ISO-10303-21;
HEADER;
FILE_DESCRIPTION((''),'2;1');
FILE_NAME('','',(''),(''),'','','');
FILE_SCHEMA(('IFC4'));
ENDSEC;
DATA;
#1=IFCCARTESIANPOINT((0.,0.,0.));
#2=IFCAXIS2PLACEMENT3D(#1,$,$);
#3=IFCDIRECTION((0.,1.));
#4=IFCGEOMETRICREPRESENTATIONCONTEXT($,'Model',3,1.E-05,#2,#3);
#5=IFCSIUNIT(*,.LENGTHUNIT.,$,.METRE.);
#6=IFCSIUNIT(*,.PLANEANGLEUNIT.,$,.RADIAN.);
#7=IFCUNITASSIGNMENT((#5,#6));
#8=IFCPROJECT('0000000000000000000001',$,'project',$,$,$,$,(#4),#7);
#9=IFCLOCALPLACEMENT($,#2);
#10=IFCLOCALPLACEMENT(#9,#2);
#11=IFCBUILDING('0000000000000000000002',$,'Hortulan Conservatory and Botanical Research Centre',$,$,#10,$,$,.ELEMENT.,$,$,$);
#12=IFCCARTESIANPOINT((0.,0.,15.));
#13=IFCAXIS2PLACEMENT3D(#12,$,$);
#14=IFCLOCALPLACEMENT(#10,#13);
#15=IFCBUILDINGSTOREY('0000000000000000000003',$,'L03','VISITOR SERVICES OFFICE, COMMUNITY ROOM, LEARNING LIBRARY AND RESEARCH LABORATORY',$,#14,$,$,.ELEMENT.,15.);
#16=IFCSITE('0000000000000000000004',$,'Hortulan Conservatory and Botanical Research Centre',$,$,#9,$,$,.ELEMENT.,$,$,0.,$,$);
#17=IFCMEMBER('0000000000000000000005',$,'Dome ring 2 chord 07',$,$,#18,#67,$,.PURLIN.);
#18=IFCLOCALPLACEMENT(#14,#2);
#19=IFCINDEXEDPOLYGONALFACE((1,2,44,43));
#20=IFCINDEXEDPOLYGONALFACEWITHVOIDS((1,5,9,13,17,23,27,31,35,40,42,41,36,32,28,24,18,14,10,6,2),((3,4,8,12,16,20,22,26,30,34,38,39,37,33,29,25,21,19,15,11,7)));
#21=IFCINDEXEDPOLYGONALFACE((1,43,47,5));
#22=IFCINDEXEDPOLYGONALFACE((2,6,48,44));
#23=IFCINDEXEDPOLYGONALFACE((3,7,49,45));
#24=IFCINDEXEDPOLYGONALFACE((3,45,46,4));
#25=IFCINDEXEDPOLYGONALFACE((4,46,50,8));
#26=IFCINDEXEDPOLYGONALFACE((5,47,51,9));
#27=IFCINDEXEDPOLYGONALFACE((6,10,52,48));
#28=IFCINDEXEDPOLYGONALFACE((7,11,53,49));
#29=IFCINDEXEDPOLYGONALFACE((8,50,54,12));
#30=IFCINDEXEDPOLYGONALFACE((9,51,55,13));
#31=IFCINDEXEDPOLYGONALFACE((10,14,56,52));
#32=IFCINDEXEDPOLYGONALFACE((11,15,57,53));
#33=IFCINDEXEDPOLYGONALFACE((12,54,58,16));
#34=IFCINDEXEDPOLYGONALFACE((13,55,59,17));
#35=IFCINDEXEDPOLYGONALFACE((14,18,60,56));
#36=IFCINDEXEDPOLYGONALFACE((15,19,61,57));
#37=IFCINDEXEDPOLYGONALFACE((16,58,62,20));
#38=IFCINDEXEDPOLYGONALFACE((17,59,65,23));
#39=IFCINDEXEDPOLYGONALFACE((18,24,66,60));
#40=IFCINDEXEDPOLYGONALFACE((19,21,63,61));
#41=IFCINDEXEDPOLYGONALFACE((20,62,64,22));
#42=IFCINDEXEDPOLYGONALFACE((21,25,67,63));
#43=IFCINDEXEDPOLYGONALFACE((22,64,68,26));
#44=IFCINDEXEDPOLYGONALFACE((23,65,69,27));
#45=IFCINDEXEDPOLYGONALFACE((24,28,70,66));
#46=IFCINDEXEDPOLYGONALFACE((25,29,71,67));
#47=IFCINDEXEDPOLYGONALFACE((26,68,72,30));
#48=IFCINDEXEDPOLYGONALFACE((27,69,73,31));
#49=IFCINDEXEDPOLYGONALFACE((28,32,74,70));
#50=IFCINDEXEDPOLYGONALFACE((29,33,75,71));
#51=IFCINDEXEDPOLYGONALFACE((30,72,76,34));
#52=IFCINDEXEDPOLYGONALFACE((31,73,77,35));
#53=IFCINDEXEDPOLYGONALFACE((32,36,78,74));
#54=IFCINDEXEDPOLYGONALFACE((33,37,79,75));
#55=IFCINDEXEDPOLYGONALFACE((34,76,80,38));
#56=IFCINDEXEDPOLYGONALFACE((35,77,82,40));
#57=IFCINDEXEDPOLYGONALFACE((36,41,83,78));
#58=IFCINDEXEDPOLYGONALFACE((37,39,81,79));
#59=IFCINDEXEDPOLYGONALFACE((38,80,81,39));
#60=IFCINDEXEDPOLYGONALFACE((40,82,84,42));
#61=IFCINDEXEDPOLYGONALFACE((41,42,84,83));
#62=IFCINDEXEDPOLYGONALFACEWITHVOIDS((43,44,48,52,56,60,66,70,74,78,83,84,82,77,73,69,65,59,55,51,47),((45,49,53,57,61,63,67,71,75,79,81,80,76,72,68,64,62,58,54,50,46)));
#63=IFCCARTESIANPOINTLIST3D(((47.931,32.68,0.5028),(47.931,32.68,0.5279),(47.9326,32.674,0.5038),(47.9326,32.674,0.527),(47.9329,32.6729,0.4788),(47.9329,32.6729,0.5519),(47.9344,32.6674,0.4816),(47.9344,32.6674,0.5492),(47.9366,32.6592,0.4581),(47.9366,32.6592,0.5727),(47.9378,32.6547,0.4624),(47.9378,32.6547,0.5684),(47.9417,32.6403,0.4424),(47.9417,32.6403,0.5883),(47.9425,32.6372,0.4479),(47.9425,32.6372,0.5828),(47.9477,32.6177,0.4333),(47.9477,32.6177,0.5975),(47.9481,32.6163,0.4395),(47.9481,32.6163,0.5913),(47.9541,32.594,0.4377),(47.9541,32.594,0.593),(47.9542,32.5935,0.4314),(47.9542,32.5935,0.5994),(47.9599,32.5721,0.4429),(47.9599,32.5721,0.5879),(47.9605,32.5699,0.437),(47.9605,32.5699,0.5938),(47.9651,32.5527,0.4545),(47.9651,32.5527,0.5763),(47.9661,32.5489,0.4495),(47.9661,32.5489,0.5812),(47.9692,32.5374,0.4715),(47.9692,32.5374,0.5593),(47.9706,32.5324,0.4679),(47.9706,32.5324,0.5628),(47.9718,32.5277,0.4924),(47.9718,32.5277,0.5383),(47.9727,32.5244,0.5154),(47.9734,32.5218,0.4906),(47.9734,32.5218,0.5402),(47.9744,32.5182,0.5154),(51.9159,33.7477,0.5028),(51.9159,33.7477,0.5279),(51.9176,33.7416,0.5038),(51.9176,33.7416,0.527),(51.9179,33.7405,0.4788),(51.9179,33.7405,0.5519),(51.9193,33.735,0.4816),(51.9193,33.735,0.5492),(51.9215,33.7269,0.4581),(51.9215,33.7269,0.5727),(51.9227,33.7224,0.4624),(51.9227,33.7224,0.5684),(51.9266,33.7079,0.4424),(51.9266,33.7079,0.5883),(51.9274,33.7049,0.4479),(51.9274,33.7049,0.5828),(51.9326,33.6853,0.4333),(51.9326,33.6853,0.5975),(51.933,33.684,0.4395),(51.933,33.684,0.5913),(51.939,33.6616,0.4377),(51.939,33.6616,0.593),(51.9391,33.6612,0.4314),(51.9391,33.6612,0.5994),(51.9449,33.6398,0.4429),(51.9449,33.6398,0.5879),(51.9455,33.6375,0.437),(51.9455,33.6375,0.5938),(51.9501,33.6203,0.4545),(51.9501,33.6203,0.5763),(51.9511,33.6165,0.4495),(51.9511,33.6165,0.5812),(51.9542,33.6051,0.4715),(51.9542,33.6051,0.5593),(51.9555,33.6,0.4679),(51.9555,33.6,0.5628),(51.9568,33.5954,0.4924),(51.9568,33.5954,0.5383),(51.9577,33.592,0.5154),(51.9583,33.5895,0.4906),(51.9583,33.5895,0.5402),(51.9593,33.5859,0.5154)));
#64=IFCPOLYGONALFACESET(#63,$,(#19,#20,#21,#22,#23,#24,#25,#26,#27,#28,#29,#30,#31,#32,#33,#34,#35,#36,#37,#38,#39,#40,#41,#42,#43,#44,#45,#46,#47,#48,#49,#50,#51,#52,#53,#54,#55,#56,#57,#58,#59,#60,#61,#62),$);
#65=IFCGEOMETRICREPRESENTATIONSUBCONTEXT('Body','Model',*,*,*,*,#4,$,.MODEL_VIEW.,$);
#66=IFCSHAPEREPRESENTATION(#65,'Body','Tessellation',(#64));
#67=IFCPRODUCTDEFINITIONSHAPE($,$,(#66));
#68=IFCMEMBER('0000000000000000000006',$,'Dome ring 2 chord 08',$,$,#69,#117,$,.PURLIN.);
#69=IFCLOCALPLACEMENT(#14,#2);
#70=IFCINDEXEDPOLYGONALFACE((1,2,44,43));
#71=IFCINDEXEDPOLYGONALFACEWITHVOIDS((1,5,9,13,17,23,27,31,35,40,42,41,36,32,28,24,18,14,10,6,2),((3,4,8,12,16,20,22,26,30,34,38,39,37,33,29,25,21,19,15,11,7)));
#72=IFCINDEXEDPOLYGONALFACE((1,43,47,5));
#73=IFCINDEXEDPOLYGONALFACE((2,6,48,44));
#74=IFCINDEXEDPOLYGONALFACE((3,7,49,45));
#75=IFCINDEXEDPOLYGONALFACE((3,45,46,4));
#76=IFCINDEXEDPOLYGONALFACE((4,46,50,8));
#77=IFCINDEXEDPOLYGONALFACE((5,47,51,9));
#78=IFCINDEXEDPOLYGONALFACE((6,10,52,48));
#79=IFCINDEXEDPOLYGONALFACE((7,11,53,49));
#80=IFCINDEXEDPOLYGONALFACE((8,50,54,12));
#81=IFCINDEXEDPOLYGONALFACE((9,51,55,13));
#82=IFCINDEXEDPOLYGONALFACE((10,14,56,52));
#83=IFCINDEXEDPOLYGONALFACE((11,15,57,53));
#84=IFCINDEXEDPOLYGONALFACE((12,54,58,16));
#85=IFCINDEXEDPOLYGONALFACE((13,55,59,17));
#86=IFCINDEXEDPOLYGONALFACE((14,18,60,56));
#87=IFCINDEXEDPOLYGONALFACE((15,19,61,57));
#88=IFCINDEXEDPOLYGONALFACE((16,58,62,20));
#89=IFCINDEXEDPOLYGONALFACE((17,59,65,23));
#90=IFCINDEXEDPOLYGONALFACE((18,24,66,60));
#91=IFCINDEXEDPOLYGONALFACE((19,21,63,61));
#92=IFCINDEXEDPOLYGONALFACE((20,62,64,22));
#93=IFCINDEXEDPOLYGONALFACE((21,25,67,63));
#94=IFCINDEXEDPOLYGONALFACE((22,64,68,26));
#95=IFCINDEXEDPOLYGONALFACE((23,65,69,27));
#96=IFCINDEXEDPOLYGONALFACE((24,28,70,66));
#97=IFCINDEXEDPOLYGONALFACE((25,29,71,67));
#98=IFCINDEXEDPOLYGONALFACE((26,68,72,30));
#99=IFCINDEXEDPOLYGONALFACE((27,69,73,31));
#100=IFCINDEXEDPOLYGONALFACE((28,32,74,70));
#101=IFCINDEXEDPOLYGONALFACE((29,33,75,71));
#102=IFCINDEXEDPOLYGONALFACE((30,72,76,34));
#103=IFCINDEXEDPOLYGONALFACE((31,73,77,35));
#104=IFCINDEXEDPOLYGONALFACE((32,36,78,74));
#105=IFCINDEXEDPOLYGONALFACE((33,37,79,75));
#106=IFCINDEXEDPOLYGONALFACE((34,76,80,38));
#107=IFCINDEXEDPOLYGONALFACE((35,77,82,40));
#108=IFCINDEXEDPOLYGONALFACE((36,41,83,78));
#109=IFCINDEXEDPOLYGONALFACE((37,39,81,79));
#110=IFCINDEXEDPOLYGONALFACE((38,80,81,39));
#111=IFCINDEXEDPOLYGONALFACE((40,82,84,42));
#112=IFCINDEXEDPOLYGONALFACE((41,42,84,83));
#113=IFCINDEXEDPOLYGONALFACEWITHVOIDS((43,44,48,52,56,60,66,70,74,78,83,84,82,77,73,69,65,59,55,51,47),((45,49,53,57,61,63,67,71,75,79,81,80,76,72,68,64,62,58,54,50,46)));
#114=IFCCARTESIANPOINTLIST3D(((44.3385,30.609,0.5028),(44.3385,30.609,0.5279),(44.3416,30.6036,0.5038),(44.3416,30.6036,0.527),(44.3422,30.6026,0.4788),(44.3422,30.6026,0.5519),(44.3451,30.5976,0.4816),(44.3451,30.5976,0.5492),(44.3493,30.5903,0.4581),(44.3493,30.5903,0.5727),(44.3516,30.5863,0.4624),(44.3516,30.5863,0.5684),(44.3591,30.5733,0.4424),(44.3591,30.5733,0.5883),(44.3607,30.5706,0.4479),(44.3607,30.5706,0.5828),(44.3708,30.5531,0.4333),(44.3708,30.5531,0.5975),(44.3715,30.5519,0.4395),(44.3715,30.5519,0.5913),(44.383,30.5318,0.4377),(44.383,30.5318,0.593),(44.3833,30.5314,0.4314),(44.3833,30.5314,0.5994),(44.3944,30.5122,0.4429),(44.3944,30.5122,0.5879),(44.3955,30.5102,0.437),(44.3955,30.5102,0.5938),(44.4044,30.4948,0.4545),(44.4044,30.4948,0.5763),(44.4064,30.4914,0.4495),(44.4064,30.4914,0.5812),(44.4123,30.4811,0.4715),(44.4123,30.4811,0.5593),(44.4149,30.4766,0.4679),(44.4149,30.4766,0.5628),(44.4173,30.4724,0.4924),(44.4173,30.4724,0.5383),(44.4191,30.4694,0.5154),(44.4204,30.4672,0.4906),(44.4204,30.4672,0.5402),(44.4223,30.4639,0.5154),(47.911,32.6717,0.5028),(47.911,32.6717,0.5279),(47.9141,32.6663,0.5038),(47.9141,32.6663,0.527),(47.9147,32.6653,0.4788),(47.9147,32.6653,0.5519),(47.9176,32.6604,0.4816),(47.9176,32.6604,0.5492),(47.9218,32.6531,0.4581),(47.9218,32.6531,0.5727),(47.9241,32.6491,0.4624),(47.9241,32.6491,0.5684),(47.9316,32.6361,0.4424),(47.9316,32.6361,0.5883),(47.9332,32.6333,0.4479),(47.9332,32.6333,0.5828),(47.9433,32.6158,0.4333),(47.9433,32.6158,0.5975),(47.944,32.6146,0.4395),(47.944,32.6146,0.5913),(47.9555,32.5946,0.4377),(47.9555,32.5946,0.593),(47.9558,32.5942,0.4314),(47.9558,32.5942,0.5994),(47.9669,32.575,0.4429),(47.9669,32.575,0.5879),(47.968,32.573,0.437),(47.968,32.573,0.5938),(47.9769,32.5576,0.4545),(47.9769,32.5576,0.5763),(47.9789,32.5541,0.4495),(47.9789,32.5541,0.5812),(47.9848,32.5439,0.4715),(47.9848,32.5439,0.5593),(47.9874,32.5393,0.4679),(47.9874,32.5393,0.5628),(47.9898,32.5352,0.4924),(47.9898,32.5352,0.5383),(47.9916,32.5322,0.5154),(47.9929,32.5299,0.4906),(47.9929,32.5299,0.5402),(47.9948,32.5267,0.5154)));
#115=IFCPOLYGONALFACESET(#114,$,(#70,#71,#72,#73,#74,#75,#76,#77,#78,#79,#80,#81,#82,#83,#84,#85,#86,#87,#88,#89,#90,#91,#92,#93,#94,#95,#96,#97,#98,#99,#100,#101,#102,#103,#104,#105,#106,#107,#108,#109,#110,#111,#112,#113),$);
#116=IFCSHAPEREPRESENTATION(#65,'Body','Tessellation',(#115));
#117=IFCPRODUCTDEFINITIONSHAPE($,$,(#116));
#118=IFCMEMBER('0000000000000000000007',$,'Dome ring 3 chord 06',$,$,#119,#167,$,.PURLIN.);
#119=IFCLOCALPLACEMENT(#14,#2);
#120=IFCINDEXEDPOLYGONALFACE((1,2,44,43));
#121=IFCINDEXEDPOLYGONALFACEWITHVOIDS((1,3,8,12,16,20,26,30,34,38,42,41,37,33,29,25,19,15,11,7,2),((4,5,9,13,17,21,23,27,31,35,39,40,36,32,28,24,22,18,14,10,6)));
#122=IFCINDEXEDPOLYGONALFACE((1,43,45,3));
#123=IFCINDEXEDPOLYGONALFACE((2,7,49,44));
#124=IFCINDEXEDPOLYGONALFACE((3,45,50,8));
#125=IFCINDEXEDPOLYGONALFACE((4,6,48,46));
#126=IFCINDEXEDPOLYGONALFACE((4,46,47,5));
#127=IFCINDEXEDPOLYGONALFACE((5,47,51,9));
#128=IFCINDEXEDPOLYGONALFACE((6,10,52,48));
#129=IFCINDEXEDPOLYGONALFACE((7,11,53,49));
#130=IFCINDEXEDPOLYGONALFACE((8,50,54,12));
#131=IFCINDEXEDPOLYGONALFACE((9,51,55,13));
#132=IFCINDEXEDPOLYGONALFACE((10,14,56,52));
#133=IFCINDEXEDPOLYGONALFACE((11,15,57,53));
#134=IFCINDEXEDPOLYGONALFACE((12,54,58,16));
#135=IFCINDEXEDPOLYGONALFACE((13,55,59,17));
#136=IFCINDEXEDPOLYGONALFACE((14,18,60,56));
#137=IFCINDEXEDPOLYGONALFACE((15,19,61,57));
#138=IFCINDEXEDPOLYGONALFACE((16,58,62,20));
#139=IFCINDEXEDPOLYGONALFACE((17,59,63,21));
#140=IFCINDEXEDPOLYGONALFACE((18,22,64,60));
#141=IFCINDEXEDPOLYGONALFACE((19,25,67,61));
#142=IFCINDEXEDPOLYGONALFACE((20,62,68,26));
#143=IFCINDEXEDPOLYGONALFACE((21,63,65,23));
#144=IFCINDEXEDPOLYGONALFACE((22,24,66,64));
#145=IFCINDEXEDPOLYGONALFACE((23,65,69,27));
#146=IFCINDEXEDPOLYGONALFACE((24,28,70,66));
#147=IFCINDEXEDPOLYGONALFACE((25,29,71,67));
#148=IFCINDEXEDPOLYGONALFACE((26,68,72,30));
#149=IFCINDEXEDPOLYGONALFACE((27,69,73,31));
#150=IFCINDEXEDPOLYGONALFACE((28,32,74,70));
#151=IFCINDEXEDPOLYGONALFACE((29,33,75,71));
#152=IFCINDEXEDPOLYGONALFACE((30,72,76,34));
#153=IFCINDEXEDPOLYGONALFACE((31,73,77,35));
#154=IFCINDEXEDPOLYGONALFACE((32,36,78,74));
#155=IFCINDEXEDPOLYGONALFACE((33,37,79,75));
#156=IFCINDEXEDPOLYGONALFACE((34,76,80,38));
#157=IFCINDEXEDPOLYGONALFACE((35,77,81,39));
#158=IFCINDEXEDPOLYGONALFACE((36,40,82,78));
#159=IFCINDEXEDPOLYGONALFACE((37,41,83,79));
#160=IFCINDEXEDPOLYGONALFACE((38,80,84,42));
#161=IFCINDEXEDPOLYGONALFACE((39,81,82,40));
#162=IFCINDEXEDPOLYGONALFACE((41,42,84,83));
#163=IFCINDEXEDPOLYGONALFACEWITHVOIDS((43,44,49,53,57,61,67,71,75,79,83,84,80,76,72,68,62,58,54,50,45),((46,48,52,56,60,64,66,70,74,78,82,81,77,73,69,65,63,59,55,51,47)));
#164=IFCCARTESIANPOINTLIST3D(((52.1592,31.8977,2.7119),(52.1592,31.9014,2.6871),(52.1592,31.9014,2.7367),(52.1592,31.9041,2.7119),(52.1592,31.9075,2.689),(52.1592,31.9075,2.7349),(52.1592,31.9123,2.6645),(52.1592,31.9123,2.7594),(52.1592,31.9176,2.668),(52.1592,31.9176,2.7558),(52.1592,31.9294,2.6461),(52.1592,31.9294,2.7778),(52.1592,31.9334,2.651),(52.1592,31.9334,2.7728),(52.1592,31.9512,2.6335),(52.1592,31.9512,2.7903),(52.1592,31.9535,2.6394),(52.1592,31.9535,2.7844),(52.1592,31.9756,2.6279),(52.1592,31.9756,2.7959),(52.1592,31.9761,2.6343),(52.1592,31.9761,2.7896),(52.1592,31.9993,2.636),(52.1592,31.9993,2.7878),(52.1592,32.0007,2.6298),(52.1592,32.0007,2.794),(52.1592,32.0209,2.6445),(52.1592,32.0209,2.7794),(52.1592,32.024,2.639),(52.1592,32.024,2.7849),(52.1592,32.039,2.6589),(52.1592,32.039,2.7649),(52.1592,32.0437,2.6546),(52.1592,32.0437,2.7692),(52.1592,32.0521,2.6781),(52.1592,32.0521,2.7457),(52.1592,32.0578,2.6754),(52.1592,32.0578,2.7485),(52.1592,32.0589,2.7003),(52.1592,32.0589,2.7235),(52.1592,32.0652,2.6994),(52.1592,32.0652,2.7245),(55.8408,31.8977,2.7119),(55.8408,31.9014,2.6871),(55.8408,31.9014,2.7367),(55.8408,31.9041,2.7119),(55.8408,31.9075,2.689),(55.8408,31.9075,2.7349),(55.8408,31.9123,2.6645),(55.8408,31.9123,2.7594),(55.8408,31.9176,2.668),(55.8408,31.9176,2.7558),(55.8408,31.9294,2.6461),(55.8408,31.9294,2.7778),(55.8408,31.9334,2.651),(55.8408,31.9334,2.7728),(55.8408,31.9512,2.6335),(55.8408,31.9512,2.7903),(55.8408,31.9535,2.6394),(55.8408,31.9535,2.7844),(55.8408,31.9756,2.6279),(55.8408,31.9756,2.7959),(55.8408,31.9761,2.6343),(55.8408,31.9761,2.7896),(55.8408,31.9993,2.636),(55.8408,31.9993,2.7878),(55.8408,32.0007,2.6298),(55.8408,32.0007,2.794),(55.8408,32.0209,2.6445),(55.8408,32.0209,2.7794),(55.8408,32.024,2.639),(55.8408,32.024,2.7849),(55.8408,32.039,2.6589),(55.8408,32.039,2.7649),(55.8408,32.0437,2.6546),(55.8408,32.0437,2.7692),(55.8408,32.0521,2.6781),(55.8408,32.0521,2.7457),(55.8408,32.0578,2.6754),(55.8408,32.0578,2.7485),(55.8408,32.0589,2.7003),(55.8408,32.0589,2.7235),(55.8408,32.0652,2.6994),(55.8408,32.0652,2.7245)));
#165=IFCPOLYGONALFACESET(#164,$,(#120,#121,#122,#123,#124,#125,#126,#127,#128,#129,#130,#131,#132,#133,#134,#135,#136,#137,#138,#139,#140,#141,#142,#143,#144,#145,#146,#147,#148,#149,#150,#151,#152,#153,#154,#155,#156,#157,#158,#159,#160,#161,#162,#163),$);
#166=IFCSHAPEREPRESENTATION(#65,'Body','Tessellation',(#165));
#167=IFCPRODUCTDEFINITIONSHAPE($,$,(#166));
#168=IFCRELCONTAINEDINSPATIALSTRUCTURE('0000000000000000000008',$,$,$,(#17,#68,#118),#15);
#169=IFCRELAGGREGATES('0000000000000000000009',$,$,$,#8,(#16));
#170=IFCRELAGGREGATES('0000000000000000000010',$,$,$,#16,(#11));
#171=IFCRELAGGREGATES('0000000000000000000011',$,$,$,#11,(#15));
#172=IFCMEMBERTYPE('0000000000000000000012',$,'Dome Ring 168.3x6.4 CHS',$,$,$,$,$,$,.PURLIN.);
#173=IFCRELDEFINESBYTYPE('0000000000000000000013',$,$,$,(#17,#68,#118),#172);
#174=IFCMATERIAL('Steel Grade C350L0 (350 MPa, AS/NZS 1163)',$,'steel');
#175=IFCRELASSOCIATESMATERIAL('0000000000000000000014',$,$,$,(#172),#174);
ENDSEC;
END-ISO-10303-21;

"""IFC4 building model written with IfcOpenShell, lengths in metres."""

from ifc_helpers import new_model, si_unit, direction, frame, origin, origin_2d, place, context, subcontext, project, spatial, hollow_circle, extrude, material, material_profile, profile_set, type_object, element, save


model = new_model("IFC4")

# Units and contexts
model_context = context("Model", 3, precision=1e-05, world=origin(), true_north=direction((0.0, 1.0)))
body_context = subcontext(model_context, "Body", "Model", "MODEL_VIEW")
ifc_project = project(units=[si_unit("LENGTHUNIT", "METRE"), si_unit("PLANEANGLEUNIT", "RADIAN")], contexts=[model_context])

# Site, building, storey
site_placement = place(None, origin())
site = spatial("IfcSite", under=ifc_project, at=site_placement, Name="Hortulan Conservatory and Botanical Research Centre", CompositionType="ELEMENT", RefElevation=0.0)
building_placement = place(site_placement, origin())
building = spatial("IfcBuilding", under=site, at=building_placement, Name="Hortulan Conservatory and Botanical Research Centre", CompositionType="ELEMENT")
storey_placement = place(building_placement, frame((0.0, 0.0, 15.0)))
storey = spatial("IfcBuildingStorey", under=building, at=storey_placement, Name="L03", Description="VISITOR SERVICES OFFICE, COMMUNITY ROOM, LEARNING LIBRARY AND RESEARCH LABORATORY", CompositionType="ELEMENT", Elevation=15.0)

# Shared definitions
ifc_material_1 = material(Name="Steel Grade C350L0 (350 MPa, AS/NZS 1163)", Category="steel")

# Members
ifc_material_profile_1 = material_profile(ifc_material_1, hollow_circle(Radius=0.0842, WallThickness=0.0063, at=origin_2d()), Name="168.3x6.4CHS")
ifc_profile_set_1 = profile_set([ifc_material_profile_1], Name="Steel Grade C350L0 (350 MPa, AS/NZS 1163)")
member_type_1 = type_object("IfcMemberType", Name="Dome Ring 168.3x6.4 CHS", PredefinedType="PURLIN", material=ifc_profile_set_1)
member_1_placement = place(storey_placement, frame((51.9375, 33.6672, 0.5154), z_axis=(-0.965933, -0.258793, 0.0), x_axis=(0.258793, -0.965933, 0.0)))
element("IfcMember", 1, at=member_1_placement, inside=storey, type_object=member_type_1, Name="Dome ring 2 chord 07", PredefinedType="PURLIN", context=body_context, shape_type="SweptSolid", body=[
    extrude(hollow_circle(Radius=0.0842, WallThickness=0.0063, at=origin_2d()), origin(), (0.0, 0.0, 1.0), 4.1255),
])
member_2_placement = place(storey_placement, frame((47.9526, 32.5996, 0.5154), z_axis=(-0.866009, -0.500028, 0.0), x_axis=(0.500028, -0.866009, 0.0)))
element("IfcMember", 2, at=member_2_placement, inside=storey, type_object=member_type_1, Name="Dome ring 2 chord 08", PredefinedType="PURLIN", context=body_context, shape_type="SweptSolid", body=[
    extrude(hollow_circle(Radius=0.0842, WallThickness=0.0063, at=origin_2d()), origin(), (0.0, 0.0, 1.0), 4.1252),
])
member_3_placement = place(storey_placement, frame((55.8408, 31.9819, 2.7119), z_axis=(-1.0, 0.0, 0.0), x_axis=(0.0, -1.0, 0.0)))
element("IfcMember", 3, at=member_3_placement, inside=storey, type_object=member_type_1, Name="Dome ring 3 chord 06", PredefinedType="PURLIN", context=body_context, shape_type="SweptSolid", body=[
    extrude(hollow_circle(Radius=0.0842, WallThickness=0.0063, at=origin_2d()), origin(), (0.0, 0.0, 1.0), 3.6816),
])

save(model, "model.ifc")
